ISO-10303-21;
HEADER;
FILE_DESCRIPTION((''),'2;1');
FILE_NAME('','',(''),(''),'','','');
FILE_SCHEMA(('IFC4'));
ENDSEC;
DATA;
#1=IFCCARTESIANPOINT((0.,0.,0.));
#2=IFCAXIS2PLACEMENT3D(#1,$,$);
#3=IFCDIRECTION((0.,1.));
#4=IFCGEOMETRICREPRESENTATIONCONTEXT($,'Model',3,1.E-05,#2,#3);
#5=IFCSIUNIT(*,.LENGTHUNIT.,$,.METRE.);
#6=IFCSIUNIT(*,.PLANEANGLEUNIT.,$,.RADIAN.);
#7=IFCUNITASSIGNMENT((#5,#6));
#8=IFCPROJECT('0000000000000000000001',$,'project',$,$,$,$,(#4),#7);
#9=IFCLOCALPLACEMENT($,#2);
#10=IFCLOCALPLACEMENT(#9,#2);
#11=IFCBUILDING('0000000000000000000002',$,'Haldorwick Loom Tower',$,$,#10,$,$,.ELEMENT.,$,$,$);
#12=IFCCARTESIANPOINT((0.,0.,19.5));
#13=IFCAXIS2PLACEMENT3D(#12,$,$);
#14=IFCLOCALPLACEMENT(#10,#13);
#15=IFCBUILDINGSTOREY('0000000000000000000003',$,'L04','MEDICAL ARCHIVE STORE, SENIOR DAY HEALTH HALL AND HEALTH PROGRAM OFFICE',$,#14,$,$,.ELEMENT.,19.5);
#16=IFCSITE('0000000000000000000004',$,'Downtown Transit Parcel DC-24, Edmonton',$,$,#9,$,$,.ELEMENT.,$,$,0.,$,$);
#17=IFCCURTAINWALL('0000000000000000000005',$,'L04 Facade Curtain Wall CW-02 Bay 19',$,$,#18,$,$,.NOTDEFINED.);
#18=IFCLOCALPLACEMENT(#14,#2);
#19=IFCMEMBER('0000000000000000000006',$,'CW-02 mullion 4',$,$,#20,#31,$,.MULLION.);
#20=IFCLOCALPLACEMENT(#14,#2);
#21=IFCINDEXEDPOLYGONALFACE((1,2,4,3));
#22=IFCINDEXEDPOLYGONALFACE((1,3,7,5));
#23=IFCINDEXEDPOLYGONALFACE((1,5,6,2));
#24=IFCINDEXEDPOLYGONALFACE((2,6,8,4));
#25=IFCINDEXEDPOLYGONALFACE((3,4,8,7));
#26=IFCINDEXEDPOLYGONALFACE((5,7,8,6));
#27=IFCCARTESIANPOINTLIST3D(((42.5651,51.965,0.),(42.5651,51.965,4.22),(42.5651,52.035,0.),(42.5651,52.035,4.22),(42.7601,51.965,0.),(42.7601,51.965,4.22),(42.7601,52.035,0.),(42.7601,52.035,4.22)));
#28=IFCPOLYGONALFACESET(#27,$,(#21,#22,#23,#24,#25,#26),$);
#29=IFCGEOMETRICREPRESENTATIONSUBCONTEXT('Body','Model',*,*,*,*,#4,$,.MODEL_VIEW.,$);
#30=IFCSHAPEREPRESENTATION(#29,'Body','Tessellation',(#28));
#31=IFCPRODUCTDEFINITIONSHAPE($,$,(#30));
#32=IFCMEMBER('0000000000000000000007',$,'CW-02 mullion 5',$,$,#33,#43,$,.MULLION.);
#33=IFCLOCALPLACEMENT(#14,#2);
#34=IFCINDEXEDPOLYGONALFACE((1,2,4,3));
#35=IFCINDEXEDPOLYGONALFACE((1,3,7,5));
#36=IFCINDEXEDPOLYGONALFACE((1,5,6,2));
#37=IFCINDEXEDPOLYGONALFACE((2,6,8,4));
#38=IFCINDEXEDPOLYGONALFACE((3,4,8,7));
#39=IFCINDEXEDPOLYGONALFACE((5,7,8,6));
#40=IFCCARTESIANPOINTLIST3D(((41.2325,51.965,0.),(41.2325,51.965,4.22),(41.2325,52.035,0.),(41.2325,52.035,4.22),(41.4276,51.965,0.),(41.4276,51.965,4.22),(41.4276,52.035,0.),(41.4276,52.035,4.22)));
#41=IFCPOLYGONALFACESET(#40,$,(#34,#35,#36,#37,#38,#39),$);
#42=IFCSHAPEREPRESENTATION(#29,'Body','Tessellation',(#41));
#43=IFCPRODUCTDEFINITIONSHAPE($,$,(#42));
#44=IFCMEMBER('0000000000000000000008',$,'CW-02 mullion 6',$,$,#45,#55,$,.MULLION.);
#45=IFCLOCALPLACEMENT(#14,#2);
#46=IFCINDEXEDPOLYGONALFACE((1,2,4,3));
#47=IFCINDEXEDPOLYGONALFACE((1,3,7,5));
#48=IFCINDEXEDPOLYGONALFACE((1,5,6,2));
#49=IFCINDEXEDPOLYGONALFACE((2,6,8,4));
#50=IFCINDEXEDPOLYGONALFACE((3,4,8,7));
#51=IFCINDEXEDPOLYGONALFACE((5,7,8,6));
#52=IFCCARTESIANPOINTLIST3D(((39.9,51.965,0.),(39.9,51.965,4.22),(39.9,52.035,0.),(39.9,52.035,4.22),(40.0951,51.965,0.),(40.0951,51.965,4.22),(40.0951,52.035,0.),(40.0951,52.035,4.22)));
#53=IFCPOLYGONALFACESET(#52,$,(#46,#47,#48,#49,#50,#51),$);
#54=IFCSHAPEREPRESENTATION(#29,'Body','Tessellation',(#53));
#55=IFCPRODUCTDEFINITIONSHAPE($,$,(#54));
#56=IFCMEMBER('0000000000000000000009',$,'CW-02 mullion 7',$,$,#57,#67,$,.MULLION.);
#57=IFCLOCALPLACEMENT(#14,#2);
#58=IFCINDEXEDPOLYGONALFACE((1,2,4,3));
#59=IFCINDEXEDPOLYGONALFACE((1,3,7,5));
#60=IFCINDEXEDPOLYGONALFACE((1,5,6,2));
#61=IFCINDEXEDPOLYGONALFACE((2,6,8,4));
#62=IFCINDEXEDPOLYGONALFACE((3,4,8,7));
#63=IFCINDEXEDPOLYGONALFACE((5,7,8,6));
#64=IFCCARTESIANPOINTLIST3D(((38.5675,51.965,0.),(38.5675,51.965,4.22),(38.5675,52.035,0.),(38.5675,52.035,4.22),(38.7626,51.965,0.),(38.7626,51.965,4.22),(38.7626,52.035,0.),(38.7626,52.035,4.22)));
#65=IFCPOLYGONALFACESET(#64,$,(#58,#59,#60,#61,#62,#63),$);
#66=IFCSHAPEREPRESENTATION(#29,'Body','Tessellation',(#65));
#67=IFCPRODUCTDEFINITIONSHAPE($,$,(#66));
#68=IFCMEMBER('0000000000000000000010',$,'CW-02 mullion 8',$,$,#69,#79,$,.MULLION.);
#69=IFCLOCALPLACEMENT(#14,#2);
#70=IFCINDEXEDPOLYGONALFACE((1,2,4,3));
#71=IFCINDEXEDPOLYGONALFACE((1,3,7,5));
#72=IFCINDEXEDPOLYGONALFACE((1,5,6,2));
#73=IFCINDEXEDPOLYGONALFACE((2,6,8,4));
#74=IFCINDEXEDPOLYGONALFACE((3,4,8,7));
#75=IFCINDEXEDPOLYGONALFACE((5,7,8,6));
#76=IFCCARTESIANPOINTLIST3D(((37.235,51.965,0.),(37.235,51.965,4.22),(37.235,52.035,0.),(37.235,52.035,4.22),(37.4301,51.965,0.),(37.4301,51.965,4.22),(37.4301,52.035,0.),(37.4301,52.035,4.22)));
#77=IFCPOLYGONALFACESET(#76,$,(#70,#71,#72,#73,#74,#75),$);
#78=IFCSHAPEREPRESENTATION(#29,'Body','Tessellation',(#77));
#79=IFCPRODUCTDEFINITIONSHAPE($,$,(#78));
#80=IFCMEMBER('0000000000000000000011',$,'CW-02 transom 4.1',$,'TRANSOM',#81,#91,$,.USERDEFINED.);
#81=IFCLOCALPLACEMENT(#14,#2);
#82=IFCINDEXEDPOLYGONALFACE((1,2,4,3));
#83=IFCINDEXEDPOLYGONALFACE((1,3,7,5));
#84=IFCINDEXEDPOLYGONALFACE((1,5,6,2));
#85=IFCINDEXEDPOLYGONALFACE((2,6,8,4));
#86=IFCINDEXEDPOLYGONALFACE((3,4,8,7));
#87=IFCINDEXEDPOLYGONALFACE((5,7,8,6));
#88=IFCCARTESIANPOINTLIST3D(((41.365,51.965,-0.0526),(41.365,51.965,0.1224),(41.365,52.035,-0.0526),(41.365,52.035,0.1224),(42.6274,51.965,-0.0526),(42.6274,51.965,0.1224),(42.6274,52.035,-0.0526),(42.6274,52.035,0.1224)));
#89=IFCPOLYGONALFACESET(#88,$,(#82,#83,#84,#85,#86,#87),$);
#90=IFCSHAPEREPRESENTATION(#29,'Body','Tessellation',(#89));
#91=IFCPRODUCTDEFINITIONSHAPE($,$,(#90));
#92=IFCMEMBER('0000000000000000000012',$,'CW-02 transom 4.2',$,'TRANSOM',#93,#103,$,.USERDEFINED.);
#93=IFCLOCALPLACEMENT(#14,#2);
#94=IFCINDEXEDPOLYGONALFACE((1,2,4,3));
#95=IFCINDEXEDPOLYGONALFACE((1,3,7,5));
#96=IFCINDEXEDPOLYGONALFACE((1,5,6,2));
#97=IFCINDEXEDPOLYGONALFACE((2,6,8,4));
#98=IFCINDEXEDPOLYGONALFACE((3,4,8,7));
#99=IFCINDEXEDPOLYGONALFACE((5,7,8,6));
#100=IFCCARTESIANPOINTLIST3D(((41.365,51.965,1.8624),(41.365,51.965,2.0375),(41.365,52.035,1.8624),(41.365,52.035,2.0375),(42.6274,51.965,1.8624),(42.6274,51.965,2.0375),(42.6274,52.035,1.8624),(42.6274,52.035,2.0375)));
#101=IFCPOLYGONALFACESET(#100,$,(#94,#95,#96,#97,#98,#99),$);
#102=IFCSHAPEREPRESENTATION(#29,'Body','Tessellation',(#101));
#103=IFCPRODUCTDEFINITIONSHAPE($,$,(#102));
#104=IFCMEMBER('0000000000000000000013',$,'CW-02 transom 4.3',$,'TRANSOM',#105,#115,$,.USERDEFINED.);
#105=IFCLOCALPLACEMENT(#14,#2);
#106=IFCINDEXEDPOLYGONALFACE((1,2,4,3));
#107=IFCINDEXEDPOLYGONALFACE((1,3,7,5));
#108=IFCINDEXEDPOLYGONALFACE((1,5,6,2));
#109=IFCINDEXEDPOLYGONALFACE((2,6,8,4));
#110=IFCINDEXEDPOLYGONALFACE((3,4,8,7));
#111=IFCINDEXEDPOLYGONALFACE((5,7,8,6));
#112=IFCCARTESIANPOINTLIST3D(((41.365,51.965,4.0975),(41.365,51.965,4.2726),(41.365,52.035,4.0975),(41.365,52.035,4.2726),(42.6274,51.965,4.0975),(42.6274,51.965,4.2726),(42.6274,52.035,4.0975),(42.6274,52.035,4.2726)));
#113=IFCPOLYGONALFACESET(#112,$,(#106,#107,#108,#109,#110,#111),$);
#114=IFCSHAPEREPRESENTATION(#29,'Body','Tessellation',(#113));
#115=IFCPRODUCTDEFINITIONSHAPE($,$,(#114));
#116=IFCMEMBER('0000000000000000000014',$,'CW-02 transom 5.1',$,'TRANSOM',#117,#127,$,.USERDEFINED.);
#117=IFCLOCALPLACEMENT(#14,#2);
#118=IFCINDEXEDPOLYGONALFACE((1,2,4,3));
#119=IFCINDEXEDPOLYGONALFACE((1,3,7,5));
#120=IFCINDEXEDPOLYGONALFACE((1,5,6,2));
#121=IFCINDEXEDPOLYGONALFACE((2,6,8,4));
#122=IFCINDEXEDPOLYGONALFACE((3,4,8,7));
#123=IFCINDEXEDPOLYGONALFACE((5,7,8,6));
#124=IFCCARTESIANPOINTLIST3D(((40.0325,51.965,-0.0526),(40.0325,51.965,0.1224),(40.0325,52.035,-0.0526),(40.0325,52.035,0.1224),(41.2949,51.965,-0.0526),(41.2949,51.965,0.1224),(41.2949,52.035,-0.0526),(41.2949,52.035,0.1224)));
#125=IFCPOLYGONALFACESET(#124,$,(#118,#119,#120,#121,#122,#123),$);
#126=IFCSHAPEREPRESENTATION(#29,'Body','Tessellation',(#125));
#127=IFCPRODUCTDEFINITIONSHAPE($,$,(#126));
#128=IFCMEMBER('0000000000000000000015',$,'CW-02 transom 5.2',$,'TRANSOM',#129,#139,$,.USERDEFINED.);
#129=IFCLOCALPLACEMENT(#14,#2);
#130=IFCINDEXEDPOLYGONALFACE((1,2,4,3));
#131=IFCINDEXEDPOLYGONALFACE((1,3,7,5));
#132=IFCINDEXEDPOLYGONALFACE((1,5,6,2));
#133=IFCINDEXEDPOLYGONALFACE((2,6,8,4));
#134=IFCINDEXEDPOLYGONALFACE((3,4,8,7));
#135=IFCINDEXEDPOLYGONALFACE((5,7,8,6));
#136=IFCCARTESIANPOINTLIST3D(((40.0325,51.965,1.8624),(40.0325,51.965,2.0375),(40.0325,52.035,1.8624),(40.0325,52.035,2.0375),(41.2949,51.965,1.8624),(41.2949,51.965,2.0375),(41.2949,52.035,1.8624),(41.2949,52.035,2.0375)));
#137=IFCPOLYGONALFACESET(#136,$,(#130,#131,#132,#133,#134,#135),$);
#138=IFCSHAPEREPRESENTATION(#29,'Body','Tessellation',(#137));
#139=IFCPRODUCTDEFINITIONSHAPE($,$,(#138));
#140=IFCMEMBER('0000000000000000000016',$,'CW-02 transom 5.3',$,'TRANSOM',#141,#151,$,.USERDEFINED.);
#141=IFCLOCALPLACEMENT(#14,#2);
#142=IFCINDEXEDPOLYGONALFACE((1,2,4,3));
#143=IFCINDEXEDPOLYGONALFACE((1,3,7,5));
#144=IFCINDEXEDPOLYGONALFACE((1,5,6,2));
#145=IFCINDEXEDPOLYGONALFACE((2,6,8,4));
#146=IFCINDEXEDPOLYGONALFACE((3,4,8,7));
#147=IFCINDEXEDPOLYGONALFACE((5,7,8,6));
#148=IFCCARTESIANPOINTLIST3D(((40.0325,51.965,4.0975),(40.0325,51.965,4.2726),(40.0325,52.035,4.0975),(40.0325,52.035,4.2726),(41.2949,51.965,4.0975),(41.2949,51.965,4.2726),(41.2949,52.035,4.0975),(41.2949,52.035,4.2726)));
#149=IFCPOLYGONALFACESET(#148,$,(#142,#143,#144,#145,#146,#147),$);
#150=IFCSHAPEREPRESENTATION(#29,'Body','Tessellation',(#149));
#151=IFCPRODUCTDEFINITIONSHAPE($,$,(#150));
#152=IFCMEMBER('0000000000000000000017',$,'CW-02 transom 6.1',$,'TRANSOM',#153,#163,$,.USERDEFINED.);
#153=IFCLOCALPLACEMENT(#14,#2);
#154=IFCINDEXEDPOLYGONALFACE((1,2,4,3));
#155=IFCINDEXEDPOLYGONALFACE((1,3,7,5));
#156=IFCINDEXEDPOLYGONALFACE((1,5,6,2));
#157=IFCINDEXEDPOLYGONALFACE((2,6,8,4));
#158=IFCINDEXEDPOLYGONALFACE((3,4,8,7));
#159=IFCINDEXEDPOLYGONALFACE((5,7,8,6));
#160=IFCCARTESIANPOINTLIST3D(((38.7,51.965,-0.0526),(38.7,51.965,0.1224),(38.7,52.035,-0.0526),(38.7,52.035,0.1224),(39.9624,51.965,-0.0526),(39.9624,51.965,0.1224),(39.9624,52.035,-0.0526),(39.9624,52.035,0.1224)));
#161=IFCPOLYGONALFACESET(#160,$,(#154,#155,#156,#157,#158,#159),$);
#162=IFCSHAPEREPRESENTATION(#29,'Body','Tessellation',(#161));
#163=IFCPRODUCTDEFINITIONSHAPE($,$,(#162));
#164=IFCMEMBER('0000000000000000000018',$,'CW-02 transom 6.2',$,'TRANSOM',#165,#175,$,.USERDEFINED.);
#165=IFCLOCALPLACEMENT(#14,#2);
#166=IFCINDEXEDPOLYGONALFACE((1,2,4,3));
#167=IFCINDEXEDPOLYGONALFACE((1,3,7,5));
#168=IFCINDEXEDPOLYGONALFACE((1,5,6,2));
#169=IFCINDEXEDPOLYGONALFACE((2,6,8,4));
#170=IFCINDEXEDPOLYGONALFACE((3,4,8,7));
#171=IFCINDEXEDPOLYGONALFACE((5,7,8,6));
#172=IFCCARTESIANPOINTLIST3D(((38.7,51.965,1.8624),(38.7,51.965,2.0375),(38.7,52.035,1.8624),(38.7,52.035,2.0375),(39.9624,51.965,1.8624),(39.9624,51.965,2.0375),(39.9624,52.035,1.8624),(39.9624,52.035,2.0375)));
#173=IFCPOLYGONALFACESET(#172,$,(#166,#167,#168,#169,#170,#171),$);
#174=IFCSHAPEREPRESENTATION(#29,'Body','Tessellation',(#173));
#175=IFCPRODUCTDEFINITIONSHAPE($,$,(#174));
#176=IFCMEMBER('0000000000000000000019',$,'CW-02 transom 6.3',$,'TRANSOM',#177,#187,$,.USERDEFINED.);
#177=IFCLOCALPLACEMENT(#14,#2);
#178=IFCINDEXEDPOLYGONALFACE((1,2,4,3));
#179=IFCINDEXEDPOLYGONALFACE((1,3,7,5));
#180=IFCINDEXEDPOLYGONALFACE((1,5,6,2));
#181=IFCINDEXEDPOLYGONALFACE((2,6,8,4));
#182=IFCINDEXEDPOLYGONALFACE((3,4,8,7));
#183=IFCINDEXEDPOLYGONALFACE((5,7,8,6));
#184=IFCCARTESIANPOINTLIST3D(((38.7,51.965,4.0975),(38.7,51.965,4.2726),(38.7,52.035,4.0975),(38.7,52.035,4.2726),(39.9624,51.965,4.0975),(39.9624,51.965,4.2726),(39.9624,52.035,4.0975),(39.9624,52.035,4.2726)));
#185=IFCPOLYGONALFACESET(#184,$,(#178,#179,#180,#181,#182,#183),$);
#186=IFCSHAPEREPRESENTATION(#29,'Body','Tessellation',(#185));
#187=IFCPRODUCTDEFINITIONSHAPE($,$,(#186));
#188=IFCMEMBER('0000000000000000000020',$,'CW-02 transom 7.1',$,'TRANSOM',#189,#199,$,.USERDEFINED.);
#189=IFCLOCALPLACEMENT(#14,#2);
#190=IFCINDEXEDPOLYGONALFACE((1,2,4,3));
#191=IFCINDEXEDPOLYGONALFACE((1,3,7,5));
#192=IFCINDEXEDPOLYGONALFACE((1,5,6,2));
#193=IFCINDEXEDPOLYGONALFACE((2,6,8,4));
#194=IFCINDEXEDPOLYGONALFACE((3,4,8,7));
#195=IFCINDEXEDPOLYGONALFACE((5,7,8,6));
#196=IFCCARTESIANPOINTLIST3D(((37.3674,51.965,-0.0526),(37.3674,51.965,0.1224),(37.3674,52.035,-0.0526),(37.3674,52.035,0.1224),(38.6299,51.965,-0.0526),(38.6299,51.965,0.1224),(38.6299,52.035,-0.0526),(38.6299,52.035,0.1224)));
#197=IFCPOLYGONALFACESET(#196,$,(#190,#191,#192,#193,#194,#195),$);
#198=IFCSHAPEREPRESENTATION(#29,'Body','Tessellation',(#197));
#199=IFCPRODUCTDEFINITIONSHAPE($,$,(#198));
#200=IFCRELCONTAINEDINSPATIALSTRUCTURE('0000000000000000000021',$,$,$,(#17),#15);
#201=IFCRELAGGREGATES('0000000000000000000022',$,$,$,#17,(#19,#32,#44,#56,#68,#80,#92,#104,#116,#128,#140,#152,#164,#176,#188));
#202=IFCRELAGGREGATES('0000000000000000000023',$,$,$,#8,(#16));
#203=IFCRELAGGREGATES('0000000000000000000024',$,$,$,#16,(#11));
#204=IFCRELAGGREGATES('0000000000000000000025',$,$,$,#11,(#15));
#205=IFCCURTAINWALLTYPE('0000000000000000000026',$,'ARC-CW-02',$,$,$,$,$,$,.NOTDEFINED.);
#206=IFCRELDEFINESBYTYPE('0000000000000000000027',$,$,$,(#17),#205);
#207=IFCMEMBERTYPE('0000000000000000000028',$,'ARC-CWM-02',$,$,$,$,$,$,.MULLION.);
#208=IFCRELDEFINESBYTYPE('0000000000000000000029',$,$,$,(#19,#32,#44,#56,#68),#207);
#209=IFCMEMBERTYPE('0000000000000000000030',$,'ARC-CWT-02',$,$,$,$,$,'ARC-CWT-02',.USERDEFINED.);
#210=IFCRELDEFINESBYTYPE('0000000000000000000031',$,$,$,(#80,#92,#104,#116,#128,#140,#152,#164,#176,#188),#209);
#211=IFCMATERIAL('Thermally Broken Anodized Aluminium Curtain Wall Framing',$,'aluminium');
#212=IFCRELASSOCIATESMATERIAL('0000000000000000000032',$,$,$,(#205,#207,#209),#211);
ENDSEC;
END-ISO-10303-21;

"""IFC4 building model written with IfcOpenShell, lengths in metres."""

from ifc_helpers import new_model, si_unit, direction, frame, origin, origin_2d, place, context, subcontext, project, spatial, rectangle, extrude, material, material_profile, profile_set, type_object, element, aggregate, save


model = new_model("IFC4")

# Units and contexts
model_context = context("Model", 3, precision=1e-05, world=origin(), true_north=direction((0.0, 1.0)))
body_context = subcontext(model_context, "Body", "Model", "MODEL_VIEW")
ifc_project = project(units=[si_unit("LENGTHUNIT", "METRE"), si_unit("PLANEANGLEUNIT", "RADIAN")], contexts=[model_context])

# Site, building, storey
site_placement = place(None, origin())
site = spatial("IfcSite", under=ifc_project, at=site_placement, Name="Downtown Transit Parcel DC-24, Edmonton", CompositionType="ELEMENT", RefElevation=0.0)
building_placement = place(site_placement, origin())
building = spatial("IfcBuilding", under=site, at=building_placement, Name="Haldorwick Loom Tower", CompositionType="ELEMENT")
storey_placement = place(building_placement, frame((0.0, 0.0, 19.5)))
storey = spatial("IfcBuildingStorey", under=building, at=storey_placement, Name="L04", Description="MEDICAL ARCHIVE STORE, SENIOR DAY HEALTH HALL AND HEALTH PROGRAM OFFICE", CompositionType="ELEMENT", Elevation=19.5)

# Curtain wall, members
ifc_material_1 = material(Name="Thermally Broken Anodized Aluminium Curtain Wall Framing", Category="aluminium")
curtain_wall_type = type_object("IfcCurtainWallType", Name="ARC-CW-02", PredefinedType="NOTDEFINED", material=ifc_material_1)
curtain_wall_placement = place(storey_placement, origin())
curtain_wall = element("IfcCurtainWall", 1, at=curtain_wall_placement, inside=storey, type_object=curtain_wall_type, Name="L04 Facade Curtain Wall CW-02 Bay 19", PredefinedType="NOTDEFINED")
ifc_material_profile_1 = material_profile(ifc_material_1, rectangle(XDim=0.0701, YDim=0.1951, at=origin_2d()), Name="ALU_MUL_70X195", Category="aluminium")
ifc_profile_set_1 = profile_set([ifc_material_profile_1], Name="Thermally Broken Anodized Aluminium Curtain Wall Framing")
member_type_1 = type_object("IfcMemberType", Name="ARC-CWM-02", PredefinedType="MULLION", material=ifc_profile_set_1)
member_1_placement = place(storey_placement, frame((42.6626, 52.0, 0.0), z_axis=(0.0, 0.0, 1.0), x_axis=(0.0, -1.0, 0.0)))
member_1 = element("IfcMember", 2, at=member_1_placement, type_object=member_type_1, Name="CW-02 mullion 4", PredefinedType="MULLION", context=body_context, shape_type="SweptSolid", body=[
    extrude(rectangle(XDim=0.0701, YDim=0.1951, at=origin_2d()), origin(), (0.0, 0.0, 1.0), 4.22),
])
member_2_placement = place(storey_placement, frame((41.3301, 52.0, 0.0), z_axis=(0.0, 0.0, 1.0), x_axis=(0.0, -1.0, 0.0)))
member_2 = element("IfcMember", 3, at=member_2_placement, type_object=member_type_1, Name="CW-02 mullion 5", PredefinedType="MULLION", context=body_context, shape_type="SweptSolid", body=[
    extrude(rectangle(XDim=0.0701, YDim=0.1951, at=origin_2d()), origin(), (0.0, 0.0, 1.0), 4.22),
])
member_3_placement = place(storey_placement, frame((39.9976, 52.0, 0.0), z_axis=(0.0, 0.0, 1.0), x_axis=(0.0, -1.0, 0.0)))
member_3 = element("IfcMember", 4, at=member_3_placement, type_object=member_type_1, Name="CW-02 mullion 6", PredefinedType="MULLION", context=body_context, shape_type="SweptSolid", body=[
    extrude(rectangle(XDim=0.0701, YDim=0.1951, at=origin_2d()), origin(), (0.0, 0.0, 1.0), 4.22),
])
member_4_placement = place(storey_placement, frame((38.665, 52.0, 0.0), z_axis=(0.0, 0.0, 1.0), x_axis=(0.0, -1.0, 0.0)))
member_4 = element("IfcMember", 5, at=member_4_placement, type_object=member_type_1, Name="CW-02 mullion 7", PredefinedType="MULLION", context=body_context, shape_type="SweptSolid", body=[
    extrude(rectangle(XDim=0.0701, YDim=0.1951, at=origin_2d()), origin(), (0.0, 0.0, 1.0), 4.22),
])
member_5_placement = place(storey_placement, frame((37.3325, 52.0, 0.0), z_axis=(0.0, 0.0, 1.0), x_axis=(0.0, -1.0, 0.0)))
member_5 = element("IfcMember", 6, at=member_5_placement, type_object=member_type_1, Name="CW-02 mullion 8", PredefinedType="MULLION", context=body_context, shape_type="SweptSolid", body=[
    extrude(rectangle(XDim=0.0701, YDim=0.1951, at=origin_2d()), origin(), (0.0, 0.0, 1.0), 4.22),
])
ifc_material_profile_2 = material_profile(ifc_material_1, rectangle(XDim=0.0701, YDim=0.175, at=origin_2d()), Name="ALU_TRN_70X175", Category="aluminium")
ifc_profile_set_2 = profile_set([ifc_material_profile_2], Name="Thermally Broken Anodized Aluminium Curtain Wall Framing")
member_type_2 = type_object("IfcMemberType", Name="ARC-CWT-02", ElementType="ARC-CWT-02", PredefinedType="USERDEFINED", material=ifc_profile_set_2)
member_6_placement = place(storey_placement, frame((42.6274, 52.0, 0.0349), z_axis=(-1.0, 0.0, 0.0), x_axis=(0.0, -1.0, 0.0)))
member_6 = element("IfcMember", 7, at=member_6_placement, type_object=member_type_2, Name="CW-02 transom 4.1", ObjectType="TRANSOM", PredefinedType="USERDEFINED", context=body_context, shape_type="SweptSolid", body=[
    extrude(rectangle(XDim=0.0701, YDim=0.175, at=origin_2d()), origin(), (0.0, 0.0, 1.0), 1.2625),
])
member_7_placement = place(storey_placement, frame((42.6274, 52.0, 1.95), z_axis=(-1.0, 0.0, 0.0), x_axis=(0.0, -1.0, 0.0)))
member_7 = element("IfcMember", 8, at=member_7_placement, type_object=member_type_2, Name="CW-02 transom 4.2", ObjectType="TRANSOM", PredefinedType="USERDEFINED", context=body_context, shape_type="SweptSolid", body=[
    extrude(rectangle(XDim=0.0701, YDim=0.175, at=origin_2d()), origin(), (0.0, 0.0, 1.0), 1.2625),
])
member_8_placement = place(storey_placement, frame((42.6274, 52.0, 4.1851), z_axis=(-1.0, 0.0, 0.0), x_axis=(0.0, -1.0, 0.0)))
member_8 = element("IfcMember", 9, at=member_8_placement, type_object=member_type_2, Name="CW-02 transom 4.3", ObjectType="TRANSOM", PredefinedType="USERDEFINED", context=body_context, shape_type="SweptSolid", body=[
    extrude(rectangle(XDim=0.0701, YDim=0.175, at=origin_2d()), origin(), (0.0, 0.0, 1.0), 1.2625),
])
member_9_placement = place(storey_placement, frame((41.2949, 52.0, 0.0349), z_axis=(-1.0, 0.0, 0.0), x_axis=(0.0, -1.0, 0.0)))
member_9 = element("IfcMember", 10, at=member_9_placement, type_object=member_type_2, Name="CW-02 transom 5.1", ObjectType="TRANSOM", PredefinedType="USERDEFINED", context=body_context, shape_type="SweptSolid", body=[
    extrude(rectangle(XDim=0.0701, YDim=0.175, at=origin_2d()), origin(), (0.0, 0.0, 1.0), 1.2625),
])
member_10_placement = place(storey_placement, frame((41.2949, 52.0, 1.95), z_axis=(-1.0, 0.0, 0.0), x_axis=(0.0, -1.0, 0.0)))
member_10 = element("IfcMember", 11, at=member_10_placement, type_object=member_type_2, Name="CW-02 transom 5.2", ObjectType="TRANSOM", PredefinedType="USERDEFINED", context=body_context, shape_type="SweptSolid", body=[
    extrude(rectangle(XDim=0.0701, YDim=0.175, at=origin_2d()), origin(), (0.0, 0.0, 1.0), 1.2625),
])
member_11_placement = place(storey_placement, frame((41.2949, 52.0, 4.1851), z_axis=(-1.0, 0.0, 0.0), x_axis=(0.0, -1.0, 0.0)))
member_11 = element("IfcMember", 12, at=member_11_placement, type_object=member_type_2, Name="CW-02 transom 5.3", ObjectType="TRANSOM", PredefinedType="USERDEFINED", context=body_context, shape_type="SweptSolid", body=[
    extrude(rectangle(XDim=0.0701, YDim=0.175, at=origin_2d()), origin(), (0.0, 0.0, 1.0), 1.2625),
])
member_12_placement = place(storey_placement, frame((39.9624, 52.0, 0.0349), z_axis=(-1.0, 0.0, 0.0), x_axis=(0.0, -1.0, 0.0)))
member_12 = element("IfcMember", 13, at=member_12_placement, type_object=member_type_2, Name="CW-02 transom 6.1", ObjectType="TRANSOM", PredefinedType="USERDEFINED", context=body_context, shape_type="SweptSolid", body=[
    extrude(rectangle(XDim=0.0701, YDim=0.175, at=origin_2d()), origin(), (0.0, 0.0, 1.0), 1.2625),
])
member_13_placement = place(storey_placement, frame((39.9624, 52.0, 1.95), z_axis=(-1.0, 0.0, 0.0), x_axis=(0.0, -1.0, 0.0)))
member_13 = element("IfcMember", 14, at=member_13_placement, type_object=member_type_2, Name="CW-02 transom 6.2", ObjectType="TRANSOM", PredefinedType="USERDEFINED", context=body_context, shape_type="SweptSolid", body=[
    extrude(rectangle(XDim=0.0701, YDim=0.175, at=origin_2d()), origin(), (0.0, 0.0, 1.0), 1.2625),
])
member_14_placement = place(storey_placement, frame((39.9624, 52.0, 4.1851), z_axis=(-1.0, 0.0, 0.0), x_axis=(0.0, -1.0, 0.0)))
member_14 = element("IfcMember", 15, at=member_14_placement, type_object=member_type_2, Name="CW-02 transom 6.3", ObjectType="TRANSOM", PredefinedType="USERDEFINED", context=body_context, shape_type="SweptSolid", body=[
    extrude(rectangle(XDim=0.0701, YDim=0.175, at=origin_2d()), origin(), (0.0, 0.0, 1.0), 1.2625),
])
member_15_placement = place(storey_placement, frame((38.6299, 52.0, 0.0349), z_axis=(-1.0, 0.0, 0.0), x_axis=(0.0, -1.0, 0.0)))
member_15 = element("IfcMember", 16, at=member_15_placement, type_object=member_type_2, Name="CW-02 transom 7.1", ObjectType="TRANSOM", PredefinedType="USERDEFINED", context=body_context, shape_type="SweptSolid", body=[
    extrude(rectangle(XDim=0.0701, YDim=0.175, at=origin_2d()), origin(), (0.0, 0.0, 1.0), 1.2625),
])
aggregate(curtain_wall, [member_1, member_2, member_3, member_4, member_5, member_6, member_7, member_8, member_9, member_10, member_11, member_12, member_13, member_14, member_15])

save(model, "model.ifc")
